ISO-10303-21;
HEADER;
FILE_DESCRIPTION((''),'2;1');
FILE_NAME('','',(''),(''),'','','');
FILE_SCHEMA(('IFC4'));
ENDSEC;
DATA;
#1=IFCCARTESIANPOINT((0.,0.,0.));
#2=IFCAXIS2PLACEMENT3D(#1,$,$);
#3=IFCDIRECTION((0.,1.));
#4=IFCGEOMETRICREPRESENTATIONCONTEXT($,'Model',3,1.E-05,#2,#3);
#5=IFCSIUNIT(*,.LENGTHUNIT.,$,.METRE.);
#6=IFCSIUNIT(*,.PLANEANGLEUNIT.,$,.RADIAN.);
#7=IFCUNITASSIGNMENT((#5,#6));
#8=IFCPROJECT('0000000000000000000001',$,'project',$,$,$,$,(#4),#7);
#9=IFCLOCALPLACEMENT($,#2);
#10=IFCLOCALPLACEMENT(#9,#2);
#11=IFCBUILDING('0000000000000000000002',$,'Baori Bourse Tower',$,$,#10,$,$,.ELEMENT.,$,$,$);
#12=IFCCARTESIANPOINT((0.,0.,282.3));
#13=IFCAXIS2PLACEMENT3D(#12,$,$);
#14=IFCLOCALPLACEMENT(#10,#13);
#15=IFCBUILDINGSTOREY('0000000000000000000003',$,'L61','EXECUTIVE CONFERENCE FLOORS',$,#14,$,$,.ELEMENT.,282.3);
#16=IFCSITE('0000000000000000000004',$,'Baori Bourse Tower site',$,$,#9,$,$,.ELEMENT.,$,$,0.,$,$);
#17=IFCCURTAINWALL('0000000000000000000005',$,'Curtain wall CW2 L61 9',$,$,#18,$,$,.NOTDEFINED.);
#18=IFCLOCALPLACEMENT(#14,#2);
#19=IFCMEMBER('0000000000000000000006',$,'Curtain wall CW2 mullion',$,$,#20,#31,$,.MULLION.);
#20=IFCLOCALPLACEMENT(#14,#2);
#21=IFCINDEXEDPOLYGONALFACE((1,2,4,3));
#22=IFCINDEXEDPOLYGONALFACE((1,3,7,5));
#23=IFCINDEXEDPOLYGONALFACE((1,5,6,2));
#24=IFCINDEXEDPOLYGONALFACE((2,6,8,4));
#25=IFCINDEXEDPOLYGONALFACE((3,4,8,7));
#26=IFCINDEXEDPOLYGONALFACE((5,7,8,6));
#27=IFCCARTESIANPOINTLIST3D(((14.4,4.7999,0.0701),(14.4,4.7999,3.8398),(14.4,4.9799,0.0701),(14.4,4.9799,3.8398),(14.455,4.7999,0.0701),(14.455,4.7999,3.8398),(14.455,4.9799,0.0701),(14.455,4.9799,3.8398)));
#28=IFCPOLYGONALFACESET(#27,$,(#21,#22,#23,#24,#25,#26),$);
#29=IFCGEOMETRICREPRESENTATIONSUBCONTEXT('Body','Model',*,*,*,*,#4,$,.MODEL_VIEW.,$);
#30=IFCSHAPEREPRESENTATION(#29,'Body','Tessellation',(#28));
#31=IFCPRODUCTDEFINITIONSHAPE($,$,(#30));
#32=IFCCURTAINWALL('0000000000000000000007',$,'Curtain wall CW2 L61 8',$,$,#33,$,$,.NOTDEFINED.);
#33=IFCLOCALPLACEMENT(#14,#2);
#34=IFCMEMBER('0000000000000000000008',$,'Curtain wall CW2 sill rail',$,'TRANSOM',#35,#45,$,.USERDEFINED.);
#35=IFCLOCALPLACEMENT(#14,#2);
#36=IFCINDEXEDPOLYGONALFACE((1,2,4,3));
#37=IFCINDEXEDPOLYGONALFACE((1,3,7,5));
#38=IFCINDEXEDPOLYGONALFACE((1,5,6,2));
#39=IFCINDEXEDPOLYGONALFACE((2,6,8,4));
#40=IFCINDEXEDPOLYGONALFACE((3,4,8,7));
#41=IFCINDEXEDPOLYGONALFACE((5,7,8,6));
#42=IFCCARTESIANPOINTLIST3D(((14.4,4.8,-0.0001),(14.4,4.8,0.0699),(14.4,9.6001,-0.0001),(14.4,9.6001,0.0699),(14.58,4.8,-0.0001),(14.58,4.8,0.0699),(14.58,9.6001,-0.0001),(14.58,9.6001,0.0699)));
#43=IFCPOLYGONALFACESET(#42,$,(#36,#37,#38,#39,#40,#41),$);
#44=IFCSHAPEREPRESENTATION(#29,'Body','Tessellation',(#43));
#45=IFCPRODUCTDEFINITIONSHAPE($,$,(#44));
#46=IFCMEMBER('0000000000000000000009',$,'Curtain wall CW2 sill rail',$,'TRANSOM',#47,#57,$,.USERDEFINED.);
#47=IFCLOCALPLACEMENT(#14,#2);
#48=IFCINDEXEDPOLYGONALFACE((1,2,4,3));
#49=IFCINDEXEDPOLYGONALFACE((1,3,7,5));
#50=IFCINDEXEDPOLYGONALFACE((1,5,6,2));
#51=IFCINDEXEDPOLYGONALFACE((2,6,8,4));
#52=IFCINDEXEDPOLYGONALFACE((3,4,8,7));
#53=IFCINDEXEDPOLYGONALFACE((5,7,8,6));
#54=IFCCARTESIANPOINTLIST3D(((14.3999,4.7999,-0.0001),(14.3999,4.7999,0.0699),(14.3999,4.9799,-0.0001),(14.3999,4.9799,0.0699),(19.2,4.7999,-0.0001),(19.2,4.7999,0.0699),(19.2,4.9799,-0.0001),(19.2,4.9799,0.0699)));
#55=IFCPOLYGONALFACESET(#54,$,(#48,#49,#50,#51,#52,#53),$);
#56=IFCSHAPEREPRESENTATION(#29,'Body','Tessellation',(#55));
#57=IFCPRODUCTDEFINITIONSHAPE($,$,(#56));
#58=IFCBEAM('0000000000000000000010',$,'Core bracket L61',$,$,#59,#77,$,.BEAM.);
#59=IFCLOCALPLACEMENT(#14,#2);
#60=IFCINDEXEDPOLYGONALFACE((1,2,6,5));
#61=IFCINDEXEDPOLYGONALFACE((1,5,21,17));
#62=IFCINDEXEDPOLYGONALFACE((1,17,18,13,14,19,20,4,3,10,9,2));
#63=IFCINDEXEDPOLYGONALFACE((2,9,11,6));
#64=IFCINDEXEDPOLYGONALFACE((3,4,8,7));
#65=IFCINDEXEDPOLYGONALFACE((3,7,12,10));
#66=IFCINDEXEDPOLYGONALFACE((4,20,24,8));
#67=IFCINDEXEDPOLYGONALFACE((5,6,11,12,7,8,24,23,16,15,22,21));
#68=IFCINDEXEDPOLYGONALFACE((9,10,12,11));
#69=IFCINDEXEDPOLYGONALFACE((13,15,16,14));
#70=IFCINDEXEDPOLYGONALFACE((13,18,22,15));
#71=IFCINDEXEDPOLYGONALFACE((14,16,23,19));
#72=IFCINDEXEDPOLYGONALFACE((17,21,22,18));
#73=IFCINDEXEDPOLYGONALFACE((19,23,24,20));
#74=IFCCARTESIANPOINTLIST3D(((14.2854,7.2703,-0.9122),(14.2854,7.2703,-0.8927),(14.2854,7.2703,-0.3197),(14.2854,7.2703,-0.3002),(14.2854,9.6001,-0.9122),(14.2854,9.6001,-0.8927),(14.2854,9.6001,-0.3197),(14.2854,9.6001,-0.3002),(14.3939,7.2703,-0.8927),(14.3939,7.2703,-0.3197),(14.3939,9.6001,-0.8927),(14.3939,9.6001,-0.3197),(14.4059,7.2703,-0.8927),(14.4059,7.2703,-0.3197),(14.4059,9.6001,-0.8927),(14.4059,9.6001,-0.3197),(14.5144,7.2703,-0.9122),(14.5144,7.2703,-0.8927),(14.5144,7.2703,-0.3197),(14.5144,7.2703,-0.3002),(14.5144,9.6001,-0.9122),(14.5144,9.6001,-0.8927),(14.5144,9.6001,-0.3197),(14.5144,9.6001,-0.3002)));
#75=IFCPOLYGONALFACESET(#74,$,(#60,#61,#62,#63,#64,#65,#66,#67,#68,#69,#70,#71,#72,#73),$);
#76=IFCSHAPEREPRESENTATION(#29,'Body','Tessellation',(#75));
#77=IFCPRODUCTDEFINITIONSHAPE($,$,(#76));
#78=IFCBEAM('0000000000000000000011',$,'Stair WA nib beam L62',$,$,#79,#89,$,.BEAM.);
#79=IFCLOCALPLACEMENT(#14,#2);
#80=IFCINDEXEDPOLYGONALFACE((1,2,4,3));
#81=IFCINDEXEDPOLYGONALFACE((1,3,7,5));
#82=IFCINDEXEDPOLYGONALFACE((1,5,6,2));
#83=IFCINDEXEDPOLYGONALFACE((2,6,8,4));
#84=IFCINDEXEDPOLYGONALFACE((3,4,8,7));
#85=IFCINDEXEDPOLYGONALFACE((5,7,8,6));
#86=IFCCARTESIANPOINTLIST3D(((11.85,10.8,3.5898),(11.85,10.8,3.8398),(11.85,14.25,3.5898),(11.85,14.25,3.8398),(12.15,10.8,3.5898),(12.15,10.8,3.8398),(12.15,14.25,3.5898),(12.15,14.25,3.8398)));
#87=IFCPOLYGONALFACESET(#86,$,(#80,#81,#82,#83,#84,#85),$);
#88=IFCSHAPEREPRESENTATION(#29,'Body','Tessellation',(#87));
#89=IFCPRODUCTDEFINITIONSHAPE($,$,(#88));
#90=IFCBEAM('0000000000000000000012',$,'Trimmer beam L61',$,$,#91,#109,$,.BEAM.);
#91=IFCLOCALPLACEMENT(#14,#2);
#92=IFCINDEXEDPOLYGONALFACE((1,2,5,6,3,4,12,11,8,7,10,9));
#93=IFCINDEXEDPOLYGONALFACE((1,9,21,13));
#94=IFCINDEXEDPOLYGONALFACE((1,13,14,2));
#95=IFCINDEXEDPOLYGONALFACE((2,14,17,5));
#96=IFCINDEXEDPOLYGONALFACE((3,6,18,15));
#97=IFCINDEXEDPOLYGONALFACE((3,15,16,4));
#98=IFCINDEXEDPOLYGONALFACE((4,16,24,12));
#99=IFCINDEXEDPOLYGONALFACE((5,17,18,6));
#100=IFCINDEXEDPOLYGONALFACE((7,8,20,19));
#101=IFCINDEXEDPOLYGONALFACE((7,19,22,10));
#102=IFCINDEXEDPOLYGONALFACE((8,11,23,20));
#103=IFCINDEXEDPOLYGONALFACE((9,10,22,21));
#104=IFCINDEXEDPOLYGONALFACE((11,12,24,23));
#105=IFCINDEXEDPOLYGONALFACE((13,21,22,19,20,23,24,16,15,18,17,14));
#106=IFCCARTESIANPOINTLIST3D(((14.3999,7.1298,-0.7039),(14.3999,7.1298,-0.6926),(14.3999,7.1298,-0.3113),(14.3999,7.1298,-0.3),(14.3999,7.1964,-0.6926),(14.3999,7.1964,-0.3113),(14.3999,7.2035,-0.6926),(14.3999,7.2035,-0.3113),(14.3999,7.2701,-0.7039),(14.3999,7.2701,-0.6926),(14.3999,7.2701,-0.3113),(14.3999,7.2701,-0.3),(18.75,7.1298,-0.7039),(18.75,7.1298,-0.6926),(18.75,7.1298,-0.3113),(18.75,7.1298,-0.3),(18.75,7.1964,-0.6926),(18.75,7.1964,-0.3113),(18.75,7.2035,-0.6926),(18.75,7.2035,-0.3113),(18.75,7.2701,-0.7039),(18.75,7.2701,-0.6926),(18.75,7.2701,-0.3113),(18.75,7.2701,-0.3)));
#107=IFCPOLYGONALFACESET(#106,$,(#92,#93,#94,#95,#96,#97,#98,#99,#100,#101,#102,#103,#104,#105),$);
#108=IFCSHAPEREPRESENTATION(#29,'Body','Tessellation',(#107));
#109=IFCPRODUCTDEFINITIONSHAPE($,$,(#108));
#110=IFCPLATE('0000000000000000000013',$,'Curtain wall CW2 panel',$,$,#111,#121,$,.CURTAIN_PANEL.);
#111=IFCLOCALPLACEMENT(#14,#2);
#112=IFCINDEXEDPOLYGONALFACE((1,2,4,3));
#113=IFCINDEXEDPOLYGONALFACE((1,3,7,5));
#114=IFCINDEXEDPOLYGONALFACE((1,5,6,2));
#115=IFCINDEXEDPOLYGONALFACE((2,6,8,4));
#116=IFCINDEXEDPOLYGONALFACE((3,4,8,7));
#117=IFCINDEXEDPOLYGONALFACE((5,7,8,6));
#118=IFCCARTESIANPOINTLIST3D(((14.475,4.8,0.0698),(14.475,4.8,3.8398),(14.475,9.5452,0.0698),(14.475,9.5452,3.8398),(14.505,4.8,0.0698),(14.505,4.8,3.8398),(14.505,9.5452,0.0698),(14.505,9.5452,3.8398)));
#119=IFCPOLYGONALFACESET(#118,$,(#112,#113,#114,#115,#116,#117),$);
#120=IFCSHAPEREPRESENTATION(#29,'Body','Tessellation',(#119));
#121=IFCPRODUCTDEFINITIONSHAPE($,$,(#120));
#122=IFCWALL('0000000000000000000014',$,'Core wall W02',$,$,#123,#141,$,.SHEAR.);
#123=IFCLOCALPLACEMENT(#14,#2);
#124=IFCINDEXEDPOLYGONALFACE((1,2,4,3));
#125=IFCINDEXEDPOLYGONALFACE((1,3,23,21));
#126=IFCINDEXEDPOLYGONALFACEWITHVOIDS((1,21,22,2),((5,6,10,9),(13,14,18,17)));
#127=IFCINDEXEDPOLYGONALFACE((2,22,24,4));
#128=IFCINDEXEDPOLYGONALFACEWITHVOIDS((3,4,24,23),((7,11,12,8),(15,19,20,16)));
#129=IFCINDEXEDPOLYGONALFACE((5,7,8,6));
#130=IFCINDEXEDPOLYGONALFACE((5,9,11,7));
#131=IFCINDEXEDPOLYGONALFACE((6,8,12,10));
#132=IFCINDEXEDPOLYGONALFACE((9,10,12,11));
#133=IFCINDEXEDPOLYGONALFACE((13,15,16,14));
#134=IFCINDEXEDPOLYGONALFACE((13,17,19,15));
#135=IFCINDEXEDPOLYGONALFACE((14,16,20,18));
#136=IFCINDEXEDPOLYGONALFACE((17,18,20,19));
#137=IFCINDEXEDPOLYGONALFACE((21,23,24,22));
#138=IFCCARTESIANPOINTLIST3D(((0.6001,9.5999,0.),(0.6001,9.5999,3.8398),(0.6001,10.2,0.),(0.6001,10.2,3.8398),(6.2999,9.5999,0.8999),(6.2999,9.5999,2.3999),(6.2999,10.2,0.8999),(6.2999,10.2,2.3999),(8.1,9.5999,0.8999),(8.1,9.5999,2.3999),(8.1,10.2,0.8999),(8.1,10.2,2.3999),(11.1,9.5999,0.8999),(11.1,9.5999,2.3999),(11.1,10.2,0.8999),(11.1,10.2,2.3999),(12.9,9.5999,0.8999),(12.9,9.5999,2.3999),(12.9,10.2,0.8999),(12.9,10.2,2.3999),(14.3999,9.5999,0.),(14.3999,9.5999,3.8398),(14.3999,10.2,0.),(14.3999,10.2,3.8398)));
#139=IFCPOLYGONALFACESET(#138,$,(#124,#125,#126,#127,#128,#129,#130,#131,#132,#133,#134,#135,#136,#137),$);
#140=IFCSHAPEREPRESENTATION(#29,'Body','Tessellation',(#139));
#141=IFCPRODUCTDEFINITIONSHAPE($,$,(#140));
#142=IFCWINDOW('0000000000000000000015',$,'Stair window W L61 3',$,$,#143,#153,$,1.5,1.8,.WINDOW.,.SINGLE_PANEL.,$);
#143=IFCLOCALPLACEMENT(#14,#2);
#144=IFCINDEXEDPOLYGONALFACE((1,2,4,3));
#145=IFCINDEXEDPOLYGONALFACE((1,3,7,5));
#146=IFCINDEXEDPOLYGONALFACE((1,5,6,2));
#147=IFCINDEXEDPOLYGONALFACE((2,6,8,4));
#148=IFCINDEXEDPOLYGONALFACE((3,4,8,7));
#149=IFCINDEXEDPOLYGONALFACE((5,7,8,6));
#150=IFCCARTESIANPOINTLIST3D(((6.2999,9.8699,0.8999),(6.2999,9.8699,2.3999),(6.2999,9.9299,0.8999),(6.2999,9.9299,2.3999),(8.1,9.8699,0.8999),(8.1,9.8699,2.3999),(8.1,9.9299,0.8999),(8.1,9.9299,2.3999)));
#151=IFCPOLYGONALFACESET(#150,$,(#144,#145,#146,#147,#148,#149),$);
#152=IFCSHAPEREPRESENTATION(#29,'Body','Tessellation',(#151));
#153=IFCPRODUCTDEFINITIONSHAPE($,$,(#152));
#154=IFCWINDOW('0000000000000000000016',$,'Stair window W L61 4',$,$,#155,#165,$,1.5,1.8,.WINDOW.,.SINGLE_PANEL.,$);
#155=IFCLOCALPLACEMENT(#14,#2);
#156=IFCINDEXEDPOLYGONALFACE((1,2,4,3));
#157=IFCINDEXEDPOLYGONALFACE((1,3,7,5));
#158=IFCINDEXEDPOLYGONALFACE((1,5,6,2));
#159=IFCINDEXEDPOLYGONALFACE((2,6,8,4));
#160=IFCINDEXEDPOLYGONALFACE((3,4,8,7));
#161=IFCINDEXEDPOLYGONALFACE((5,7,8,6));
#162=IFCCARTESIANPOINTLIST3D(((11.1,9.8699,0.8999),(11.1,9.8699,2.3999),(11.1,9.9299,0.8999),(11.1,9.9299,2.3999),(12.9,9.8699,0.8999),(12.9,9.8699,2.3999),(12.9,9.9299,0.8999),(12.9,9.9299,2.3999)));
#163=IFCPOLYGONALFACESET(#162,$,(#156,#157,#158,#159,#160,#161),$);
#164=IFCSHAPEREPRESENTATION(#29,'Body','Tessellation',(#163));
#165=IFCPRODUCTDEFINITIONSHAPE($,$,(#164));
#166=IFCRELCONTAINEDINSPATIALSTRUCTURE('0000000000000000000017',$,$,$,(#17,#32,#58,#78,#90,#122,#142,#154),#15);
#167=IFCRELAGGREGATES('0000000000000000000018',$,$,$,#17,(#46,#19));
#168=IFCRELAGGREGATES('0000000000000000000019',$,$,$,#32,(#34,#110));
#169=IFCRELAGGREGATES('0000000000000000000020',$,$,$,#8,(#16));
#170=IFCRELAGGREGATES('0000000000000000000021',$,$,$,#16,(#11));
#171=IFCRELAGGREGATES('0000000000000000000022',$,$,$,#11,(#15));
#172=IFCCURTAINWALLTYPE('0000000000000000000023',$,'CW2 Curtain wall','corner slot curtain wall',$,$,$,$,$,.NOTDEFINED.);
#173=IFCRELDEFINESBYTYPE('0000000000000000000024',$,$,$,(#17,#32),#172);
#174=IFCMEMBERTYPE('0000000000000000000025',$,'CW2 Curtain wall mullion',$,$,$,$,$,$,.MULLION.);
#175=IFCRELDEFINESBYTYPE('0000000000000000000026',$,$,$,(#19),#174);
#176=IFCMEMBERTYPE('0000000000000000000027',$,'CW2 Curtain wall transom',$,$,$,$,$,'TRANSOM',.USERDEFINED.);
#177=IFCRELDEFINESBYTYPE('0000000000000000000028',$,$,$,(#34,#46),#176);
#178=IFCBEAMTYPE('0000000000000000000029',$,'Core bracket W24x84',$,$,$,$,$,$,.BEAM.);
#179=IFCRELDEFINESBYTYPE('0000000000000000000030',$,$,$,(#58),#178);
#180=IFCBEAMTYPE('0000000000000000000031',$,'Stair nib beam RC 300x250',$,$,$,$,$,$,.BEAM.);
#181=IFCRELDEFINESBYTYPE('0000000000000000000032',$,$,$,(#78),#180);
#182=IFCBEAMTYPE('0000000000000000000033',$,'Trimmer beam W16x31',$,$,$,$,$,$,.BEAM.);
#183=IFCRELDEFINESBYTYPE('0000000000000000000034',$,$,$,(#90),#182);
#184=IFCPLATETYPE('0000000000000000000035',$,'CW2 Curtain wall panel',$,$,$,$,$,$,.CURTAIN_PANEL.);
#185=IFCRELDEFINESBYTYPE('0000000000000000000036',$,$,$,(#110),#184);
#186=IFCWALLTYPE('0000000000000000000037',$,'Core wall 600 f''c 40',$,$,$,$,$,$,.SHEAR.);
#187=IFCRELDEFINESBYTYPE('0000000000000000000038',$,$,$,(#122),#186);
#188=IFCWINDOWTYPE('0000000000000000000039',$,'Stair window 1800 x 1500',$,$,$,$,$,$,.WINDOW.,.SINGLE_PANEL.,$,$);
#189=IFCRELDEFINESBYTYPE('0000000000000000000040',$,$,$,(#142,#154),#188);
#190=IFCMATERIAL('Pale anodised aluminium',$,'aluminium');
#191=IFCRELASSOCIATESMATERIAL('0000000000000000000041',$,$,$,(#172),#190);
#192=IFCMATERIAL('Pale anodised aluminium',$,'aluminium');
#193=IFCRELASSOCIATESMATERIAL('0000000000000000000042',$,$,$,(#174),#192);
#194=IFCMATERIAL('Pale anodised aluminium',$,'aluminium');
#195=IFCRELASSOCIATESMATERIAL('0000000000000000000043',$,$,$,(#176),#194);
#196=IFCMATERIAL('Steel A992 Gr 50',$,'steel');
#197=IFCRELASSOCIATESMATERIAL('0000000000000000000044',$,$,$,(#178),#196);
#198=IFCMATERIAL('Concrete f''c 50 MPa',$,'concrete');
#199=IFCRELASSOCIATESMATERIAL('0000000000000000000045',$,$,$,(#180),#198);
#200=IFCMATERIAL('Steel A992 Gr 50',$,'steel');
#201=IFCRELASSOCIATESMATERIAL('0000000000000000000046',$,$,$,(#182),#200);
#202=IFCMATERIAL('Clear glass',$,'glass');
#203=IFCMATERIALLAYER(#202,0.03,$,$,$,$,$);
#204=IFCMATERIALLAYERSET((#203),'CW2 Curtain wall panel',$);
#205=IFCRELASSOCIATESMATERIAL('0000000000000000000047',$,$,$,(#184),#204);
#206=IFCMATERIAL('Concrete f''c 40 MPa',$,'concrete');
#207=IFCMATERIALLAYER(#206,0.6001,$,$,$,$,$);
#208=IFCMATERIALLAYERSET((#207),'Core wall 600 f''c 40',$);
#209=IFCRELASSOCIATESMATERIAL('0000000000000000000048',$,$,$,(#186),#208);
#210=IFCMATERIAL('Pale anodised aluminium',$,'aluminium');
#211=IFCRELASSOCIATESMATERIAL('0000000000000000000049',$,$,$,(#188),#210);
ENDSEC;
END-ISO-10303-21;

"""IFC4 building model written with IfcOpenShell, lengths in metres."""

from ifc_helpers import new_model, si_unit, direction, frame, frame_2d, origin, origin_2d, place, context, subcontext, project, spatial, rectangle, i_section, extrude, material, layer, layer_set, material_profile, profile_set, type_object, element, fill, aggregate, save


model = new_model("IFC4")

# Units and contexts
model_context = context("Model", 3, precision=1e-05, world=origin(), true_north=direction((0.0, 1.0)))
body_context = subcontext(model_context, "Body", "Model", "MODEL_VIEW")
ifc_project = project(units=[si_unit("LENGTHUNIT", "METRE"), si_unit("PLANEANGLEUNIT", "RADIAN")], contexts=[model_context])

# Site, building, storey
site_placement = place(None, origin())
site = spatial("IfcSite", under=ifc_project, at=site_placement, Name="Baori Bourse Tower site", CompositionType="ELEMENT", RefElevation=0.0)
building_placement = place(site_placement, origin())
building = spatial("IfcBuilding", under=site, at=building_placement, Name="Baori Bourse Tower", CompositionType="ELEMENT")
storey_placement = place(building_placement, frame((0.0, 0.0, 282.3)))
storey = spatial("IfcBuildingStorey", under=building, at=storey_placement, Name="L61", Description="EXECUTIVE CONFERENCE FLOORS", CompositionType="ELEMENT", Elevation=282.3)

# Curtain walls, members
ifc_material_1 = material(Name="Pale anodised aluminium", Category="aluminium")
curtain_wall_type = type_object("IfcCurtainWallType", Name="CW2 Curtain wall", Description="corner slot curtain wall", PredefinedType="NOTDEFINED", material=ifc_material_1)
curtain_wall_1_placement = place(storey_placement, origin())
curtain_wall_1 = element("IfcCurtainWall", 1, at=curtain_wall_1_placement, inside=storey, type_object=curtain_wall_type, Name="Curtain wall CW2 L61 9", PredefinedType="NOTDEFINED")
ifc_material_2 = material(Name="Pale anodised aluminium", Category="aluminium")
ifc_material_profile_1 = material_profile(ifc_material_2, rectangle(XDim=0.1799, YDim=0.0549, at=origin_2d()), Name="Mullion 55x180")
ifc_profile_set_1 = profile_set([ifc_material_profile_1], Name="Pale anodised aluminium")
member_type_1 = type_object("IfcMemberType", Name="CW2 Curtain wall mullion", PredefinedType="MULLION", material=ifc_profile_set_1)
member_1_placement = place(storey_placement, frame((14.4275, 4.8899, 0.0701), z_axis=(0.0, 0.0, 1.0), x_axis=(0.0, 1.0, 0.0)))
member_1 = element("IfcMember", 2, at=member_1_placement, type_object=member_type_1, Name="Curtain wall CW2 mullion", PredefinedType="MULLION", context=body_context, shape_type="SweptSolid", body=[
    extrude(rectangle(XDim=0.1799, YDim=0.0549, at=origin_2d()), origin(), (0.0, 0.0, 1.0), 3.7698),
])
curtain_wall_2_placement = place(storey_placement, origin())
curtain_wall_2 = element("IfcCurtainWall", 3, at=curtain_wall_2_placement, inside=storey, type_object=curtain_wall_type, Name="Curtain wall CW2 L61 8", PredefinedType="NOTDEFINED")
ifc_material_3 = material(Name="Pale anodised aluminium", Category="aluminium")
ifc_material_profile_2 = material_profile(ifc_material_3, rectangle(XDim=0.1799, YDim=0.0701, at=origin_2d()), Name="Transom 70x180")
ifc_profile_set_2 = profile_set([ifc_material_profile_2], Name="Pale anodised aluminium")
member_type_2 = type_object("IfcMemberType", Name="CW2 Curtain wall transom", ElementType="TRANSOM", PredefinedType="USERDEFINED", material=ifc_profile_set_2)
member_2_placement = place(storey_placement, frame((14.49, 9.6001, 0.0349), z_axis=(0.0, -1.0, 0.0), x_axis=(1.0, 0.0, 0.0)))
member_2 = element("IfcMember", 4, at=member_2_placement, type_object=member_type_2, Name="Curtain wall CW2 sill rail", ObjectType="TRANSOM", PredefinedType="USERDEFINED", context=body_context, shape_type="SweptSolid", body=[
    extrude(rectangle(XDim=0.1799, YDim=0.0701, at=origin_2d()), origin(), (0.0, 0.0, 1.0), 4.8),
])

# Member
member_3_placement = place(storey_placement, frame((14.3999, 4.8899, 0.0349), z_axis=(1.0, 0.0, 0.0), x_axis=(0.0, 1.0, 0.0)))
member_3 = element("IfcMember", 5, at=member_3_placement, type_object=member_type_2, Name="Curtain wall CW2 sill rail", ObjectType="TRANSOM", PredefinedType="USERDEFINED", context=body_context, shape_type="SweptSolid", body=[
    extrude(rectangle(XDim=0.1799, YDim=0.0701, at=origin_2d()), origin(), (0.0, 0.0, 1.0), 4.8),
])
aggregate(curtain_wall_1, [member_3, member_1])

# Beams
ifc_material_4 = material(Name="Steel A992 Gr 50", Category="steel")
ifc_material_profile_3 = material_profile(ifc_material_4, i_section(OverallWidth=0.229, OverallDepth=0.6121, WebThickness=0.012, FlangeThickness=0.0195, at=origin_2d()), Name="W24x84")
ifc_profile_set_3 = profile_set([ifc_material_profile_3], Name="Steel A992 Gr 50")
beam_type_1 = type_object("IfcBeamType", Name="Core bracket W24x84", PredefinedType="BEAM", material=ifc_profile_set_3)
beam_1_placement = place(storey_placement, frame((14.3999, 7.2703, -0.6062), z_axis=(0.0, 1.0, 0.0), x_axis=(-1.0, 0.0, 0.0)))
element("IfcBeam", 6, at=beam_1_placement, inside=storey, type_object=beam_type_1, Name="Core bracket L61", PredefinedType="BEAM", context=body_context, shape_type="SweptSolid", body=[
    extrude(i_section(OverallWidth=0.229, OverallDepth=0.6121, WebThickness=0.012, FlangeThickness=0.0195, at=origin_2d()), origin(), (0.0, 0.0, 1.0), 2.3298),
])
ifc_material_5 = material(Name="Concrete f'c 50 MPa", Category="concrete")
ifc_material_profile_4 = material_profile(ifc_material_5, rectangle(XDim=0.3, YDim=0.25, at=origin_2d()), Name="RC 300x250")
ifc_profile_set_4 = profile_set([ifc_material_profile_4], Name="Concrete f'c 50 MPa")
beam_type_2 = type_object("IfcBeamType", Name="Stair nib beam RC 300x250", PredefinedType="BEAM", material=ifc_profile_set_4)
beam_2_placement = place(storey_placement, frame((12.0, 10.8, 3.7148), z_axis=(0.0, 1.0, 0.0), x_axis=(-1.0, 0.0, 0.0)))
element("IfcBeam", 7, at=beam_2_placement, inside=storey, type_object=beam_type_2, Name="Stair WA nib beam L62", PredefinedType="BEAM", context=body_context, shape_type="SweptSolid", body=[
    extrude(rectangle(XDim=0.3, YDim=0.25, at=origin_2d()), origin(), (0.0, 0.0, 1.0), 3.45),
])
ifc_material_6 = material(Name="Steel A992 Gr 50", Category="steel")
ifc_material_profile_5 = material_profile(ifc_material_6, i_section(OverallWidth=0.1404, OverallDepth=0.4038, WebThickness=0.0071, FlangeThickness=0.0112, at=origin_2d()), Name="W16x31")
ifc_profile_set_5 = profile_set([ifc_material_profile_5], Name="Steel A992 Gr 50")
beam_type_3 = type_object("IfcBeamType", Name="Trimmer beam W16x31", PredefinedType="BEAM", material=ifc_profile_set_5)
beam_3_placement = place(storey_placement, frame((14.3999, 7.2, -0.502), z_axis=(1.0, 0.0, 0.0), x_axis=(0.0, 1.0, 0.0)))
element("IfcBeam", 8, at=beam_3_placement, inside=storey, type_object=beam_type_3, Name="Trimmer beam L61", PredefinedType="BEAM", context=body_context, shape_type="SweptSolid", body=[
    extrude(i_section(OverallWidth=0.1404, OverallDepth=0.4038, WebThickness=0.0071, FlangeThickness=0.0112, at=origin_2d()), origin(), (0.0, 0.0, 1.0), 4.3501),
])

# Plate
ifc_material_7 = material(Name="Clear glass", Category="glass")
ifc_layer_1 = layer(ifc_material_7, 0.03)
ifc_layer_set_1 = layer_set([ifc_layer_1], Name="CW2 Curtain wall panel")
plate_type = type_object("IfcPlateType", Name="CW2 Curtain wall panel", PredefinedType="CURTAIN_PANEL", material=ifc_layer_set_1)
plate_placement = place(storey_placement, frame((14.49, 7.1726, 0.0698), z_axis=(0.0, 0.0, 1.0), x_axis=(0.0, -1.0, 0.0)))
plate = element("IfcPlate", 9, at=plate_placement, type_object=plate_type, Name="Curtain wall CW2 panel", PredefinedType="CURTAIN_PANEL", context=body_context, shape_type="SweptSolid", body=[
    extrude(rectangle(XDim=4.7451, YDim=0.03, at=origin_2d()), origin(), (0.0, 0.0, 1.0), 3.77),
])
aggregate(curtain_wall_2, [member_2, plate])

# Wall, openings, windows
ifc_material_8 = material(Name="Concrete f'c 40 MPa", Category="concrete")
ifc_layer_2 = layer(ifc_material_8, 0.6001)
ifc_layer_set_2 = layer_set([ifc_layer_2], Name="Core wall 600 f'c 40")
wall_type_1 = type_object("IfcWallType", Name="Core wall 600 f'c 40", PredefinedType="SHEAR", material=ifc_layer_set_2)
wall_1_placement = place(storey_placement, frame((14.3999, 9.8999, 0.0), z_axis=(0.0, 0.0, 1.0), x_axis=(-1.0, 0.0, 0.0)))
wall_1 = element("IfcWall", 10, at=wall_1_placement, inside=storey, type_object=wall_type_1, Name="Core wall W02", PredefinedType="SHEAR", context=body_context, shape_type="SweptSolid", body=[
    extrude(rectangle(XDim=13.7998, YDim=0.6001, at=frame_2d((6.8999, 0.0))), origin(), (0.0, 0.0, 1.0), 3.8398),
])
opening_1_placement = place(wall_1_placement, frame((6.3, 0.0, 0.8999)))
opening_1 = element("IfcOpeningElement", 11, at=opening_1_placement, cuts=wall_1, PredefinedType="OPENING", context=body_context, shape_type="SweptSolid", body=[
    extrude(rectangle(XDim=1.8, YDim=1.5, at=frame_2d((0.8999, 0.75))), frame((0.0, 0.3101, 0.0), z_axis=(0.0, -1.0, 0.0), x_axis=(1.0, 0.0, 0.0)), (0.0, 0.0, 1.0), 0.6201),
])
opening_2_placement = place(wall_1_placement, frame((1.5, 0.0, 0.8999)))
opening_2 = element("IfcOpeningElement", 12, at=opening_2_placement, cuts=wall_1, PredefinedType="OPENING", context=body_context, shape_type="SweptSolid", body=[
    extrude(rectangle(XDim=1.8, YDim=1.5, at=frame_2d((0.8999, 0.75))), frame((0.0, 0.3101, 0.0), z_axis=(0.0, -1.0, 0.0), x_axis=(1.0, 0.0, 0.0)), (0.0, 0.0, 1.0), 0.6201),
])
ifc_material_9 = material(Name="Pale anodised aluminium", Category="aluminium")
window_type = type_object("IfcWindowType", Name="Stair window 1800 x 1500", PartitioningType="SINGLE_PANEL", PredefinedType="WINDOW", material=ifc_material_9)
window_1_placement = place(opening_1_placement, origin())
window_1 = element("IfcWindow", 13, at=window_1_placement, inside=storey, type_object=window_type, Name="Stair window W L61 3", OverallHeight=1.5, OverallWidth=1.8, PartitioningType="SINGLE_PANEL", PredefinedType="WINDOW", context=body_context, shape_type="SweptSolid", body=[
    extrude(rectangle(XDim=1.8, YDim=1.5, at=frame_2d((0.8999, 0.75))), frame((0.0, 0.03, 0.0), z_axis=(0.0, -1.0, 0.0), x_axis=(1.0, 0.0, 0.0)), (0.0, 0.0, 1.0), 0.0601),
])
fill(opening_1, window_1)
window_2_placement = place(opening_2_placement, origin())
window_2 = element("IfcWindow", 14, at=window_2_placement, inside=storey, type_object=window_type, Name="Stair window W L61 4", OverallHeight=1.5, OverallWidth=1.8, PartitioningType="SINGLE_PANEL", PredefinedType="WINDOW", context=body_context, shape_type="SweptSolid", body=[
    extrude(rectangle(XDim=1.8, YDim=1.5, at=frame_2d((0.8999, 0.75))), frame((0.0, 0.03, 0.0), z_axis=(0.0, -1.0, 0.0), x_axis=(1.0, 0.0, 0.0)), (0.0, 0.0, 1.0), 0.0601),
])
fill(opening_2, window_2)

save(model, "model.ifc")
